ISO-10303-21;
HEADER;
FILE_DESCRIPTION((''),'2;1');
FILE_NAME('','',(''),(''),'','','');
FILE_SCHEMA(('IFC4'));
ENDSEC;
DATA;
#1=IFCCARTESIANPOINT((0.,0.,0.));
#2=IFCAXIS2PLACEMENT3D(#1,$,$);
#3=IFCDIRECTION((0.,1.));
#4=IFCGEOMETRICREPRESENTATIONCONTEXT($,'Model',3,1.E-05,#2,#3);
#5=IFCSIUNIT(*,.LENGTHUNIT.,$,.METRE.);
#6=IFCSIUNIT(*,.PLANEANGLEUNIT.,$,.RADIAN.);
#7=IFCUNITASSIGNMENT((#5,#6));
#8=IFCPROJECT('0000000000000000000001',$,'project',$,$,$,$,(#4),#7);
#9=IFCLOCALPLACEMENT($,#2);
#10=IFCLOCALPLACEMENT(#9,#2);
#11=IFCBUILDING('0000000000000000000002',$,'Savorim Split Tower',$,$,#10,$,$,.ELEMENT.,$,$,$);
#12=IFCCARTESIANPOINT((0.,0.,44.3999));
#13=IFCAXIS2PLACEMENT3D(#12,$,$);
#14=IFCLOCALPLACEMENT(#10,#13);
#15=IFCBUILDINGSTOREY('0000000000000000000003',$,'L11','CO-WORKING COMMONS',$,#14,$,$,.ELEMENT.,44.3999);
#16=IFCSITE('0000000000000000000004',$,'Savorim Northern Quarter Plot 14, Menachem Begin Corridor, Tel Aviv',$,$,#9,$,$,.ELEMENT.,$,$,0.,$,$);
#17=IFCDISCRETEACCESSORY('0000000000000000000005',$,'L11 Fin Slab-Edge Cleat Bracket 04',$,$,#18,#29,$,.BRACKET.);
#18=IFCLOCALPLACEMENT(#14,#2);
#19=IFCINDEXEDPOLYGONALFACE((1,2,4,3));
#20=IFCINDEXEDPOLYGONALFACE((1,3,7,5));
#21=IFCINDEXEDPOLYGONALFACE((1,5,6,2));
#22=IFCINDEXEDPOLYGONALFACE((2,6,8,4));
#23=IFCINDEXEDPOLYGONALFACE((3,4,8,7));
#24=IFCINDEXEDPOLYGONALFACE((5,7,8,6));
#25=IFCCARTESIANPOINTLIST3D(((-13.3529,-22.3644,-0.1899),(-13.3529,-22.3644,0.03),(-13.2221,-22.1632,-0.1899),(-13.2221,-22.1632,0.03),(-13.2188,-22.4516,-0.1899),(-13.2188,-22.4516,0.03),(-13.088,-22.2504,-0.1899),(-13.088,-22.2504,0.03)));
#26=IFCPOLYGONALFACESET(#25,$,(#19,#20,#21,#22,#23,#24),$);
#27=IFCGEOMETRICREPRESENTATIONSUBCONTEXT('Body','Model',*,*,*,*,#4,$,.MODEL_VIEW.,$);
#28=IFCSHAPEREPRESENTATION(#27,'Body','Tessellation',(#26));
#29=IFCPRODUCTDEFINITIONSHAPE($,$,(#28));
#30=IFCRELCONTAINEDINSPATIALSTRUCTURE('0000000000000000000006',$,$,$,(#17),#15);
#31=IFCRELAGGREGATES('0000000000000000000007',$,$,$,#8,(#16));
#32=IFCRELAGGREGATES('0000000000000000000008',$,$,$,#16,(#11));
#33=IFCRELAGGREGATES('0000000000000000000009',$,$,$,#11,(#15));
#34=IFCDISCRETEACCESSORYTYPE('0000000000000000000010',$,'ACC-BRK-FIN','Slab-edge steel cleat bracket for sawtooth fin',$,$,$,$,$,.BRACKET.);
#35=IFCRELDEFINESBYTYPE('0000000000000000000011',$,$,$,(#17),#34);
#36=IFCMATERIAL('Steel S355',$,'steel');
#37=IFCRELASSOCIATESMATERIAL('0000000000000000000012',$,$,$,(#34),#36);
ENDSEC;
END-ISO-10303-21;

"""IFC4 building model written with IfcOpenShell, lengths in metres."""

from ifc_helpers import new_model, si_unit, direction, frame, origin, origin_2d, place, context, subcontext, project, spatial, rectangle, extrude, material, type_object, element, save


model = new_model("IFC4")

# Units and contexts
model_context = context("Model", 3, precision=1e-05, world=origin(), true_north=direction((0.0, 1.0)))
body_context = subcontext(model_context, "Body", "Model", "MODEL_VIEW")
ifc_project = project(units=[si_unit("LENGTHUNIT", "METRE"), si_unit("PLANEANGLEUNIT", "RADIAN")], contexts=[model_context])

# Site, building, storey
site_placement = place(None, origin())
site = spatial("IfcSite", under=ifc_project, at=site_placement, Name="Savorim Northern Quarter Plot 14, Menachem Begin Corridor, Tel Aviv", CompositionType="ELEMENT", RefElevation=0.0)
building_placement = place(site_placement, origin())
building = spatial("IfcBuilding", under=site, at=building_placement, Name="Savorim Split Tower", CompositionType="ELEMENT")
storey_placement = place(building_placement, frame((0.0, 0.0, 44.3999)))
storey = spatial("IfcBuildingStorey", under=building, at=storey_placement, Name="L11", Description="CO-WORKING COMMONS", CompositionType="ELEMENT", Elevation=44.3999)

# Shared definitions
ifc_material_1 = material(Name="Steel S355", Category="steel")

# Discrete accessory
discrete_accessory_type = type_object("IfcDiscreteAccessoryType", Name="ACC-BRK-FIN", Description="Slab-edge steel cleat bracket for sawtooth fin", PredefinedType="BRACKET", material=ifc_material_1)
for number, where, z_axis, x_axis, name in (
    (1, (-13.2205, -22.3074, -0.1899), (0.0, 0.0, 1.0), (-0.545148, -0.83834, 0.0), "L11 Fin Slab-Edge Cleat Bracket 04"),
):
    element("IfcDiscreteAccessory", number, at=place(storey_placement, frame(where, z_axis=z_axis, x_axis=x_axis)), inside=storey, type_object=discrete_accessory_type, Name=name, PredefinedType="BRACKET", context=body_context, shape_type="SweptSolid", body=[
        extrude(rectangle(XDim=0.24, YDim=0.1599, at=origin_2d()), origin(), (0.0, 0.0, 1.0), 0.22),
    ])

save(model, "model.ifc")
